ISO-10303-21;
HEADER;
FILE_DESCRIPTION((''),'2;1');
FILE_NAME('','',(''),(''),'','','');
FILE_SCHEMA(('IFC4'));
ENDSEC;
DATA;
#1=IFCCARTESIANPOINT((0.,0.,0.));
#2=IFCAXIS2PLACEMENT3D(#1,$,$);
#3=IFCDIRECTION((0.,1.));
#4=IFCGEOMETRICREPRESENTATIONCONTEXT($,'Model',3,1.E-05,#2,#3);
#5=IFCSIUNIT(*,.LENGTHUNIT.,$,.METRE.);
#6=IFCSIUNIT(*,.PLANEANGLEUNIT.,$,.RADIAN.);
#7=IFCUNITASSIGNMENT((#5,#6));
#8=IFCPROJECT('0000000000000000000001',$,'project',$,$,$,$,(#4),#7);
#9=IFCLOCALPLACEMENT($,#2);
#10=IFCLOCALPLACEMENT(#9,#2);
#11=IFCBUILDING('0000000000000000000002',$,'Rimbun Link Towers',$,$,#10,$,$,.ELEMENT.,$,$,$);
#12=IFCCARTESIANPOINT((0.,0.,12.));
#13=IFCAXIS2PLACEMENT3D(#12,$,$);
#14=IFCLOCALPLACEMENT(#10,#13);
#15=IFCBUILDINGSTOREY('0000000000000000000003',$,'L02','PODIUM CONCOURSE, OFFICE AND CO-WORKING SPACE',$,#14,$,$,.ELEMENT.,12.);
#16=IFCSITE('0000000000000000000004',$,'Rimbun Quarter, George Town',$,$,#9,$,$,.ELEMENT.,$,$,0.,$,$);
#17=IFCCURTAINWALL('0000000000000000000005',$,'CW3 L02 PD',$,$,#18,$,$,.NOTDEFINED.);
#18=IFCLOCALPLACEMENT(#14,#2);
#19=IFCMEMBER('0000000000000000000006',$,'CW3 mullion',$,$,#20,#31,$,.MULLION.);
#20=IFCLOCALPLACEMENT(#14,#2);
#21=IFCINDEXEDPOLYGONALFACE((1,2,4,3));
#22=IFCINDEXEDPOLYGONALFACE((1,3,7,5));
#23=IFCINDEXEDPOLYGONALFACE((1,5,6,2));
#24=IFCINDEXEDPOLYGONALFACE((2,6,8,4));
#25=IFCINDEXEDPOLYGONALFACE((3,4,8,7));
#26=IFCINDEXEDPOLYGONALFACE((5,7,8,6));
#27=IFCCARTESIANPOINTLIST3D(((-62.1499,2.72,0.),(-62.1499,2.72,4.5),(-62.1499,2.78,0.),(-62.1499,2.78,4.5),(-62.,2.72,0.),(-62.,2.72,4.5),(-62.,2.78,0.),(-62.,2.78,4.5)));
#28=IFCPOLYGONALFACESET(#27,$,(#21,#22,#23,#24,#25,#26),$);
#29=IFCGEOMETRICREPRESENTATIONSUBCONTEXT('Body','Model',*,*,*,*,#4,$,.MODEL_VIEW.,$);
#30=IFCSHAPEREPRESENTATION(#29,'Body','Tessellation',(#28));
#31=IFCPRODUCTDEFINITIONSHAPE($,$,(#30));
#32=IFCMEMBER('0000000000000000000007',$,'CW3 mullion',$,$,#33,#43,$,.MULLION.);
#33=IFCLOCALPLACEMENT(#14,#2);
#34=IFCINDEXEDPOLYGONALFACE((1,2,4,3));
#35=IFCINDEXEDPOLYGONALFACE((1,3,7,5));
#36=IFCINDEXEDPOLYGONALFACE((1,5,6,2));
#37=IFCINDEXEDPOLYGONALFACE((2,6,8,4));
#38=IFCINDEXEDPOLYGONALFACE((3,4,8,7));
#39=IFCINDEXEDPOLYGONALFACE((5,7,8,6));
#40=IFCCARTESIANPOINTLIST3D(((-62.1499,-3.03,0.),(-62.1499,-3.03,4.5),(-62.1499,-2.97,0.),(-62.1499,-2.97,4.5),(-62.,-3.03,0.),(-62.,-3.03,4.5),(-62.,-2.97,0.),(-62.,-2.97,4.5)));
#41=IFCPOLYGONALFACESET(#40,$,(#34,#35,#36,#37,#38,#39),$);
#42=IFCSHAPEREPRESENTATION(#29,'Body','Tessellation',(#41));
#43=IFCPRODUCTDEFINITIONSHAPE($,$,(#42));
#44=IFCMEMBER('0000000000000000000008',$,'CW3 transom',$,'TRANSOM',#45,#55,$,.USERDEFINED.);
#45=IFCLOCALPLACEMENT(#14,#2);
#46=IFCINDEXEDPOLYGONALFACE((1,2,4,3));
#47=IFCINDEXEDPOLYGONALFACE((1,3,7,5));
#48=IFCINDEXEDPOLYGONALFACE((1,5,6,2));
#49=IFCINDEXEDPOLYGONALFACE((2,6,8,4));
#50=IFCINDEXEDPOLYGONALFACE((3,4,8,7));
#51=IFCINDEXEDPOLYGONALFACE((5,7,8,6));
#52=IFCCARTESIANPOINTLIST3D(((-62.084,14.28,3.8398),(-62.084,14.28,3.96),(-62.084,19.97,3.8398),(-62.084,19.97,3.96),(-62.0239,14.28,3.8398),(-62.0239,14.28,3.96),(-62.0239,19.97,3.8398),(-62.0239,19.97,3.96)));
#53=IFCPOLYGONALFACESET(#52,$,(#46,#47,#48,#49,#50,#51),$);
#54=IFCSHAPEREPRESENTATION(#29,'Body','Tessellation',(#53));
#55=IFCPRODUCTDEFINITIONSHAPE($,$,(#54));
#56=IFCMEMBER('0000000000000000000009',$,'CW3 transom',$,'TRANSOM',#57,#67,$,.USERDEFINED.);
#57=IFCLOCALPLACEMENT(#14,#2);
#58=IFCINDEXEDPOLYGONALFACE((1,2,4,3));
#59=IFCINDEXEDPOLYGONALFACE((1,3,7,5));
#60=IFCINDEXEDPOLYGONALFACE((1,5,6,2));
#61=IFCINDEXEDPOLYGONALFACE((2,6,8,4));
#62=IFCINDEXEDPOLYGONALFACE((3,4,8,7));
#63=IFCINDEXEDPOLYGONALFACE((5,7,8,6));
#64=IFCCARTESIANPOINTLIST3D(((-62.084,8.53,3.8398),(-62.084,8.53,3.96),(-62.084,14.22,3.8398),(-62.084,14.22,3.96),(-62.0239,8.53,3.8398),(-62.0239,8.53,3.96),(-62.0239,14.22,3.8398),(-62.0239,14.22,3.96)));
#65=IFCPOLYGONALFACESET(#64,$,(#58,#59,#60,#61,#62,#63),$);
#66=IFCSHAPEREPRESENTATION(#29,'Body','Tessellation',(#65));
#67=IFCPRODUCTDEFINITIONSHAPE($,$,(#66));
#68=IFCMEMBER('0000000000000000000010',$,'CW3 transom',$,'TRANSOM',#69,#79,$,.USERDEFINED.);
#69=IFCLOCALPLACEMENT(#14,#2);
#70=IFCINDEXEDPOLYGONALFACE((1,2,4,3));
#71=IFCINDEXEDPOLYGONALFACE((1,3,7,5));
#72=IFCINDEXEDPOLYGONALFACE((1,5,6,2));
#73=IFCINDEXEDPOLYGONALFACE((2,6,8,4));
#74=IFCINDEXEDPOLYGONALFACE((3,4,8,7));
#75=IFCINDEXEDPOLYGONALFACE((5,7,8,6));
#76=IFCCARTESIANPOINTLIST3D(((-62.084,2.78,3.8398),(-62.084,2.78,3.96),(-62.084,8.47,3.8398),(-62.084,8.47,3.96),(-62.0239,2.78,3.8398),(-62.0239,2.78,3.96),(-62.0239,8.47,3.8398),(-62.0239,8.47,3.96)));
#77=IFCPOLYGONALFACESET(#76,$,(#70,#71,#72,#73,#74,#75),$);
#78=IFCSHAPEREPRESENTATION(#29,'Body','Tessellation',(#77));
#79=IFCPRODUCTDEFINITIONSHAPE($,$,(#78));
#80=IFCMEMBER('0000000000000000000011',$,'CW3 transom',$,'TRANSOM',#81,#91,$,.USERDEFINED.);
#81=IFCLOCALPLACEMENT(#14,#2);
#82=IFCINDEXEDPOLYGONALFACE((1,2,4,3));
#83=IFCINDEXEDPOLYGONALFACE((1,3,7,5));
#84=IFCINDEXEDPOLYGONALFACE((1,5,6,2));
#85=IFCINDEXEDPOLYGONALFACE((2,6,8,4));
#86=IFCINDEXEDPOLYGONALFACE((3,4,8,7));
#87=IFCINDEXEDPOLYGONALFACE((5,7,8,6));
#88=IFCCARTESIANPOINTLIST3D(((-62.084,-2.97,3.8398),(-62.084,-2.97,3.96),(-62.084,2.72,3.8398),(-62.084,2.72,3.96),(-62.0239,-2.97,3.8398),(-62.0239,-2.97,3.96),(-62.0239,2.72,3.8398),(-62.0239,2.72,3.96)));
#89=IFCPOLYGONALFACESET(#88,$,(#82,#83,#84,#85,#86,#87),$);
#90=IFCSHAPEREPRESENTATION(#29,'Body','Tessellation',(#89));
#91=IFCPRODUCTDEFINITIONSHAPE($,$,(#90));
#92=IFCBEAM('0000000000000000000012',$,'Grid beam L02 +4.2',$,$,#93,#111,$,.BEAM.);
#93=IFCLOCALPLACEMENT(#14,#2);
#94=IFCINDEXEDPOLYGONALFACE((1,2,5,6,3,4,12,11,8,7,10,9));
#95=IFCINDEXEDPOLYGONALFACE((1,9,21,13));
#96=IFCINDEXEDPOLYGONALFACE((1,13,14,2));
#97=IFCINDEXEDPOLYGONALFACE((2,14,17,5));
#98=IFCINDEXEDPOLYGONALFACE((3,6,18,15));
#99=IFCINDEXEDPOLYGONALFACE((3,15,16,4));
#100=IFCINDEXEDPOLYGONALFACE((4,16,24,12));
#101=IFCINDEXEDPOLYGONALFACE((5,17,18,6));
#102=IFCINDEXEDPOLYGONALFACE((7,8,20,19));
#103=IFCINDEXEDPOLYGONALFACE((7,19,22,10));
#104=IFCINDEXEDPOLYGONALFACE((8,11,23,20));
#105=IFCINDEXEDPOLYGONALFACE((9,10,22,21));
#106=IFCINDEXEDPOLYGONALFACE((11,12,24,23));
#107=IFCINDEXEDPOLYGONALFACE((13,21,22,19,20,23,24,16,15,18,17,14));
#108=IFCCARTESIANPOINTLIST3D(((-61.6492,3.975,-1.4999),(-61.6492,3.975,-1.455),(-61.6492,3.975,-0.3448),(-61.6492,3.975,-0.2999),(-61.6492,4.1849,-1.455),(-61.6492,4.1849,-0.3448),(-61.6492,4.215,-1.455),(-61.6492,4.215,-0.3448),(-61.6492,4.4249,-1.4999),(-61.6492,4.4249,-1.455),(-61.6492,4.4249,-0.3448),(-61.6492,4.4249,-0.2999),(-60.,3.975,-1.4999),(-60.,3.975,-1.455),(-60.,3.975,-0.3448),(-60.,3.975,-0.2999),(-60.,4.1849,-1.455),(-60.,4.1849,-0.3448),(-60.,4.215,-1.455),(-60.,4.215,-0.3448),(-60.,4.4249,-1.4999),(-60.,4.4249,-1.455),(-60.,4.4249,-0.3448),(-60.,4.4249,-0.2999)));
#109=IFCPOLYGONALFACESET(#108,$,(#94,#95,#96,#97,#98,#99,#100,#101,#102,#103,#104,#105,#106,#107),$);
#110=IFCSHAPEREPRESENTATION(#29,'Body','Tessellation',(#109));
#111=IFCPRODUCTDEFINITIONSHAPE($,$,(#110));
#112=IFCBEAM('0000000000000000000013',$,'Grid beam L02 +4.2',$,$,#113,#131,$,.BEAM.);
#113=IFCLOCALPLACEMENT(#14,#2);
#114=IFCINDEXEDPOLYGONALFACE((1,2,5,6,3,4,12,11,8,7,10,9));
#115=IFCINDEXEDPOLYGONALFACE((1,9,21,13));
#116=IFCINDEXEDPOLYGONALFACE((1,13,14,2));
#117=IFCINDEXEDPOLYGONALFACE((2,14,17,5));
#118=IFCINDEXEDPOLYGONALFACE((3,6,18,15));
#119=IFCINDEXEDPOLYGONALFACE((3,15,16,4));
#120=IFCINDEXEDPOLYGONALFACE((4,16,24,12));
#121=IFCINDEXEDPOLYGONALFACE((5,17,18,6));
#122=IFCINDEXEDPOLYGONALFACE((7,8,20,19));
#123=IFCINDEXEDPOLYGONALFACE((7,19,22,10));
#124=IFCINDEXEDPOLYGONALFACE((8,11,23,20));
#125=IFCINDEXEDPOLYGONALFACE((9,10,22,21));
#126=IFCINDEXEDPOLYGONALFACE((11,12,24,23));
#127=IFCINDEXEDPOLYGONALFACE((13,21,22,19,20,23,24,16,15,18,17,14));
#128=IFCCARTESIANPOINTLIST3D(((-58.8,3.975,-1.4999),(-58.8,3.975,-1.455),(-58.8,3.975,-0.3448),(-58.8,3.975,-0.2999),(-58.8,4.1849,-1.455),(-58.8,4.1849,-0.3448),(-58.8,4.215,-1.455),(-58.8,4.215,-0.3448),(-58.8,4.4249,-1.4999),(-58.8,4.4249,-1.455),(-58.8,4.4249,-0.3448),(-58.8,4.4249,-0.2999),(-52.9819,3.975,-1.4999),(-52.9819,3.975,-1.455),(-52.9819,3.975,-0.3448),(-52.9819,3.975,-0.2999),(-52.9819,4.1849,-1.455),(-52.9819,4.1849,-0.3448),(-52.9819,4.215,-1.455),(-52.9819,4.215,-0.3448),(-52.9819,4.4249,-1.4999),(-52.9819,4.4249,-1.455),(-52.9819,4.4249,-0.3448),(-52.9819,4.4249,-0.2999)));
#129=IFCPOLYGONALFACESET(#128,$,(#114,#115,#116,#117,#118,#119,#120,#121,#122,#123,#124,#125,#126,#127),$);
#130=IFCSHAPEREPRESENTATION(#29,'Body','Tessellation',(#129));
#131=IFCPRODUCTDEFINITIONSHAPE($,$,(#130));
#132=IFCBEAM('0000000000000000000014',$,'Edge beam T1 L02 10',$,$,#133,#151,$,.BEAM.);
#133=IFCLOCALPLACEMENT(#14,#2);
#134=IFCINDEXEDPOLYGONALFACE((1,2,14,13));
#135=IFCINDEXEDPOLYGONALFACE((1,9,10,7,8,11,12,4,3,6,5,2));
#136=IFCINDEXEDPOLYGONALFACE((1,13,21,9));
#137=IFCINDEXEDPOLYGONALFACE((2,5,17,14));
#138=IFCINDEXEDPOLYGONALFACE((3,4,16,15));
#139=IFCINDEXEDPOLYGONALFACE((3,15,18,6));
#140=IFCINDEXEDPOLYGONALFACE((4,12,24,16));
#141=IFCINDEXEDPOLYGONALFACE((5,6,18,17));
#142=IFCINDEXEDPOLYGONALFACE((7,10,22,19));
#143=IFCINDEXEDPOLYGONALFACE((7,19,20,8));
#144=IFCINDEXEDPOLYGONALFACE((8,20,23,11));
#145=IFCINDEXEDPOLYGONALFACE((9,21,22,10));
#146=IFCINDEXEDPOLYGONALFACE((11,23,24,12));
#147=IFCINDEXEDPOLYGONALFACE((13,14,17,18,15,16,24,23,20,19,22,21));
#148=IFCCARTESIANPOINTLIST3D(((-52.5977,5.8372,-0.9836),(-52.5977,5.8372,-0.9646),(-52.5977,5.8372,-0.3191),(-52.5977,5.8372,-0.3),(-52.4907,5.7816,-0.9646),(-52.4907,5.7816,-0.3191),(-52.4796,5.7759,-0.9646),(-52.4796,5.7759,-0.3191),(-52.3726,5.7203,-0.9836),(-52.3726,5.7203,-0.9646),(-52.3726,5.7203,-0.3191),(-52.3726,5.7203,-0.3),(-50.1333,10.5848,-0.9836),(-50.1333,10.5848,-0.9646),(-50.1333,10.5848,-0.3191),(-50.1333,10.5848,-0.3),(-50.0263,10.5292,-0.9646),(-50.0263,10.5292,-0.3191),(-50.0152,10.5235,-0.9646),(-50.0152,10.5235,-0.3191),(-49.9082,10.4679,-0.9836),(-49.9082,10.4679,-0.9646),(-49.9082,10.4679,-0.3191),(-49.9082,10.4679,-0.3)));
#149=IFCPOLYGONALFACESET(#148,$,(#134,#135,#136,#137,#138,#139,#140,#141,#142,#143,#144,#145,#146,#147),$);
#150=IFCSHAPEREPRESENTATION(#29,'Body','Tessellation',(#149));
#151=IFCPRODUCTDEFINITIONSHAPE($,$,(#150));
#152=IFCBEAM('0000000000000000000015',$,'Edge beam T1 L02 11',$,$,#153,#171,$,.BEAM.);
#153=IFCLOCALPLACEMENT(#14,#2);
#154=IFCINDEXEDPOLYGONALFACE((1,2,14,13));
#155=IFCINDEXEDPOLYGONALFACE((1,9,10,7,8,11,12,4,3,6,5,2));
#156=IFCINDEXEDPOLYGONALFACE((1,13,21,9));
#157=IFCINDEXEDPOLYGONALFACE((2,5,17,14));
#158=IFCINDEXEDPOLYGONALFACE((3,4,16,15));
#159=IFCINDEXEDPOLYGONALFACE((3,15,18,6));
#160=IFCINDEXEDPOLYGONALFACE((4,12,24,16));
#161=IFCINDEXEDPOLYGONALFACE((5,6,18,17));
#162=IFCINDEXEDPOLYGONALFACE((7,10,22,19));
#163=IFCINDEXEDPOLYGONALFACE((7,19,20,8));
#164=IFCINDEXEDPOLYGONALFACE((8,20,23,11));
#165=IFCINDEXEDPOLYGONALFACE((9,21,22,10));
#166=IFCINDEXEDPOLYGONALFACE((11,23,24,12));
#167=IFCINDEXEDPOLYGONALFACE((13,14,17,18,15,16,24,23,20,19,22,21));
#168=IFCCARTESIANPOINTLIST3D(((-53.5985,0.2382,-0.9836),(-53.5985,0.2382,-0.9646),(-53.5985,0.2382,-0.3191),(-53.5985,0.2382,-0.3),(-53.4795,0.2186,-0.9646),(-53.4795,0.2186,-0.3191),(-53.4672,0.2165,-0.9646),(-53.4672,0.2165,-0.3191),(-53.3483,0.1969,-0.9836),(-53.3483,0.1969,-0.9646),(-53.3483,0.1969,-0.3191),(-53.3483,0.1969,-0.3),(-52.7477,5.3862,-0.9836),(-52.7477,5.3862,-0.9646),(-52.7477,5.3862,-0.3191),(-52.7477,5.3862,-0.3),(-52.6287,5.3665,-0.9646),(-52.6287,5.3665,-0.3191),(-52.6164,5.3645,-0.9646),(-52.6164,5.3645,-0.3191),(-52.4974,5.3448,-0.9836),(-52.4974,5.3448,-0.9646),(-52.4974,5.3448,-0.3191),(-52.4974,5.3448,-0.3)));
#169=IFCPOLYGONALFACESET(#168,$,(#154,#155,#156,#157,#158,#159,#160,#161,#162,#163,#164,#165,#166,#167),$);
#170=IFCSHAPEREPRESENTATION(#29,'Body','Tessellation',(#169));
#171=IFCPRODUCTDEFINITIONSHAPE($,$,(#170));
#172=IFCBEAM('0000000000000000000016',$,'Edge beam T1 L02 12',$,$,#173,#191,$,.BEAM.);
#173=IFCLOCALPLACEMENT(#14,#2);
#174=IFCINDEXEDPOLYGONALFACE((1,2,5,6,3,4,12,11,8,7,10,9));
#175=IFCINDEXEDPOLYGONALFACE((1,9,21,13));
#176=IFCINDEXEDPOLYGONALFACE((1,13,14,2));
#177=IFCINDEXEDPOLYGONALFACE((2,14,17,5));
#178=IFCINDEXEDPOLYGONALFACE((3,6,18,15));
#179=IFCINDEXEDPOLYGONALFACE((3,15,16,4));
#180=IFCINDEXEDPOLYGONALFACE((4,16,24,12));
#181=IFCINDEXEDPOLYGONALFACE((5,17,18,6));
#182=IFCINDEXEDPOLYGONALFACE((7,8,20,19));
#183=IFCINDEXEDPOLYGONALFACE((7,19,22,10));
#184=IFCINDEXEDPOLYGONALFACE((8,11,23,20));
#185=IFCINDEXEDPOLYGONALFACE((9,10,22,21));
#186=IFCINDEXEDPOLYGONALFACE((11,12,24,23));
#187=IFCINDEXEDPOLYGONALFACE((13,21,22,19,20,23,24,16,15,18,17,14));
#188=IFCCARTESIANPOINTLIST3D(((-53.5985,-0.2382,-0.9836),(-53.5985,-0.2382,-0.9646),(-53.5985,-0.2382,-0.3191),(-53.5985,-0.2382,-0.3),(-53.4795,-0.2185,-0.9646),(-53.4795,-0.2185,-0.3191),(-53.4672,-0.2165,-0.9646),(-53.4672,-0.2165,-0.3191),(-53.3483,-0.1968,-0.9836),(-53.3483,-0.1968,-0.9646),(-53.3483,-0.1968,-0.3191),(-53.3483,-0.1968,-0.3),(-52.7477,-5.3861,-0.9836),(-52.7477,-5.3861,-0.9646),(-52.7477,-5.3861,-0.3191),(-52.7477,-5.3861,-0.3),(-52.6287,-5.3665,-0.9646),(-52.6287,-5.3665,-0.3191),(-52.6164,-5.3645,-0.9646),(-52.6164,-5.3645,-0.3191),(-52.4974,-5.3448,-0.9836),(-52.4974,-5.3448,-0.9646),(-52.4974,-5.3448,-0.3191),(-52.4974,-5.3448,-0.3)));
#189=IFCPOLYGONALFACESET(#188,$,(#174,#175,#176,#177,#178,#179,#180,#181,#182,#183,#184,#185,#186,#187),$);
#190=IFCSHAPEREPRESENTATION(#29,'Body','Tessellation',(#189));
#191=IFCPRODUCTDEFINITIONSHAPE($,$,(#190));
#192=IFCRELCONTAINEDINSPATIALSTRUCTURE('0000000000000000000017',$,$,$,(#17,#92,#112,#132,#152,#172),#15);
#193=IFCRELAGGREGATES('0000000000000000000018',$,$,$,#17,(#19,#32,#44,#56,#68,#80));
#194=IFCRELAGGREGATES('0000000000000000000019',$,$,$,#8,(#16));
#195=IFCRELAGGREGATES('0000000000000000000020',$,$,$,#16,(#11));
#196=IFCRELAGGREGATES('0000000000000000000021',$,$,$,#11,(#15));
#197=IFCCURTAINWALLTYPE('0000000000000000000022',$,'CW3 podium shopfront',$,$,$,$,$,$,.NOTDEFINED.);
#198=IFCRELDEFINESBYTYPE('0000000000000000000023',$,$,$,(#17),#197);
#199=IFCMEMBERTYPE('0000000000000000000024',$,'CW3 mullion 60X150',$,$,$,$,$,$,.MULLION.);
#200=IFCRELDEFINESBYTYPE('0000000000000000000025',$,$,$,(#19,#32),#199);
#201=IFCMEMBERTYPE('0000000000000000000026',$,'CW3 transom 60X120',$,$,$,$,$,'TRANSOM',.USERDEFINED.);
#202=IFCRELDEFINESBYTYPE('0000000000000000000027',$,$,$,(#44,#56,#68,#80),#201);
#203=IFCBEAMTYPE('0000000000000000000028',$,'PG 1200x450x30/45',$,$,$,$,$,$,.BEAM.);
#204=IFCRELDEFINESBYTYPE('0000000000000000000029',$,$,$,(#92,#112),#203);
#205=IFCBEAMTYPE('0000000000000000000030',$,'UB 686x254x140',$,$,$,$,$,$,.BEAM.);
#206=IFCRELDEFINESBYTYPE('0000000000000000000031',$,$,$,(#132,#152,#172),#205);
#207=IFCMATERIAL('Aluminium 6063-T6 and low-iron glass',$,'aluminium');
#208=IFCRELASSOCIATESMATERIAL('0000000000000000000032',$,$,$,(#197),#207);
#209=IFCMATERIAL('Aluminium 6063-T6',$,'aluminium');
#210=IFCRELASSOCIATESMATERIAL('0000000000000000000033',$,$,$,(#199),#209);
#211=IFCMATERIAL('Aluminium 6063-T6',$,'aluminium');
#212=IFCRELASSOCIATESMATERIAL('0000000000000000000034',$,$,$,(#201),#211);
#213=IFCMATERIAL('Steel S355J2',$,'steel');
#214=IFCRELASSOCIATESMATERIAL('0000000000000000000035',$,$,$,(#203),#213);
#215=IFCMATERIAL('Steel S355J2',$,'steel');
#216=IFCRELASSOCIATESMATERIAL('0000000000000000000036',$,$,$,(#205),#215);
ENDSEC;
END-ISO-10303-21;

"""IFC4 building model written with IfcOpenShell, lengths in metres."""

from ifc_helpers import new_model, si_unit, direction, frame, origin, origin_2d, place, context, subcontext, project, spatial, rectangle, i_section, extrude, material, material_profile, profile_set, type_object, element, aggregate, save


model = new_model("IFC4")

# Units and contexts
model_context = context("Model", 3, precision=1e-05, world=origin(), true_north=direction((0.0, 1.0)))
body_context = subcontext(model_context, "Body", "Model", "MODEL_VIEW")
ifc_project = project(units=[si_unit("LENGTHUNIT", "METRE"), si_unit("PLANEANGLEUNIT", "RADIAN")], contexts=[model_context])

# Site, building, storey
site_placement = place(None, origin())
site = spatial("IfcSite", under=ifc_project, at=site_placement, Name="Rimbun Quarter, George Town", CompositionType="ELEMENT", RefElevation=0.0)
building_placement = place(site_placement, origin())
building = spatial("IfcBuilding", under=site, at=building_placement, Name="Rimbun Link Towers", CompositionType="ELEMENT")
storey_placement = place(building_placement, frame((0.0, 0.0, 12.0)))
storey = spatial("IfcBuildingStorey", under=building, at=storey_placement, Name="L02", Description="PODIUM CONCOURSE, OFFICE AND CO-WORKING SPACE", CompositionType="ELEMENT", Elevation=12.0)

# Curtain wall, members
ifc_material_1 = material(Name="Aluminium 6063-T6 and low-iron glass", Category="aluminium")
curtain_wall_type = type_object("IfcCurtainWallType", Name="CW3 podium shopfront", PredefinedType="NOTDEFINED", material=ifc_material_1)
curtain_wall_placement = place(storey_placement, origin())
curtain_wall = element("IfcCurtainWall", 1, at=curtain_wall_placement, inside=storey, type_object=curtain_wall_type, Name="CW3 L02 PD", PredefinedType="NOTDEFINED")
ifc_material_2 = material(Name="Aluminium 6063-T6", Category="aluminium")
ifc_material_profile_1 = material_profile(ifc_material_2, rectangle(XDim=0.1499, YDim=0.0601, at=origin_2d()), Name="MULLION 60X150")
ifc_profile_set_1 = profile_set([ifc_material_profile_1], Name="Aluminium 6063-T6")
member_type_1 = type_object("IfcMemberType", Name="CW3 mullion 60X150", PredefinedType="MULLION", material=ifc_profile_set_1)
member_1_placement = place(storey_placement, frame((-62.075, 2.75, 0.0), z_axis=(0.0, 0.0, 1.0), x_axis=(-1.0, 0.0, 0.0)))
member_1 = element("IfcMember", 2, at=member_1_placement, type_object=member_type_1, Name="CW3 mullion", PredefinedType="MULLION", context=body_context, shape_type="SweptSolid", body=[
    extrude(rectangle(XDim=0.1499, YDim=0.0601, at=origin_2d()), origin(), (0.0, 0.0, 1.0), 4.5),
])
member_2_placement = place(storey_placement, frame((-62.075, -3.0, 0.0), z_axis=(0.0, 0.0, 1.0), x_axis=(-1.0, 0.0, 0.0)))
member_2 = element("IfcMember", 3, at=member_2_placement, type_object=member_type_1, Name="CW3 mullion", PredefinedType="MULLION", context=body_context, shape_type="SweptSolid", body=[
    extrude(rectangle(XDim=0.1499, YDim=0.0601, at=origin_2d()), origin(), (0.0, 0.0, 1.0), 4.5),
])
ifc_material_3 = material(Name="Aluminium 6063-T6", Category="aluminium")
ifc_material_profile_2 = material_profile(ifc_material_3, rectangle(XDim=0.0601, YDim=0.1201, at=origin_2d()), Name="TRANSOM 60X120")
ifc_profile_set_2 = profile_set([ifc_material_profile_2], Name="Aluminium 6063-T6")
member_type_2 = type_object("IfcMemberType", Name="CW3 transom 60X120", ElementType="TRANSOM", PredefinedType="USERDEFINED", material=ifc_profile_set_2)
member_3_placement = place(storey_placement, frame((-62.054, 14.28, 3.8999), z_axis=(0.0, 1.0, 0.0), x_axis=(-1.0, 0.0, 0.0)))
member_3 = element("IfcMember", 4, at=member_3_placement, type_object=member_type_2, Name="CW3 transom", ObjectType="TRANSOM", PredefinedType="USERDEFINED", context=body_context, shape_type="SweptSolid", body=[
    extrude(rectangle(XDim=0.0601, YDim=0.1201, at=origin_2d()), origin(), (0.0, 0.0, 1.0), 5.6899),
])
member_4_placement = place(storey_placement, frame((-62.054, 8.53, 3.8999), z_axis=(0.0, 1.0, 0.0), x_axis=(-1.0, 0.0, 0.0)))
member_4 = element("IfcMember", 5, at=member_4_placement, type_object=member_type_2, Name="CW3 transom", ObjectType="TRANSOM", PredefinedType="USERDEFINED", context=body_context, shape_type="SweptSolid", body=[
    extrude(rectangle(XDim=0.0601, YDim=0.1201, at=origin_2d()), origin(), (0.0, 0.0, 1.0), 5.6899),
])
member_5_placement = place(storey_placement, frame((-62.054, 2.78, 3.8999), z_axis=(0.0, 1.0, 0.0), x_axis=(-1.0, 0.0, 0.0)))
member_5 = element("IfcMember", 6, at=member_5_placement, type_object=member_type_2, Name="CW3 transom", ObjectType="TRANSOM", PredefinedType="USERDEFINED", context=body_context, shape_type="SweptSolid", body=[
    extrude(rectangle(XDim=0.0601, YDim=0.1201, at=origin_2d()), origin(), (0.0, 0.0, 1.0), 5.6899),
])
member_6_placement = place(storey_placement, frame((-62.054, -2.97, 3.8999), z_axis=(0.0, 1.0, 0.0), x_axis=(-1.0, 0.0, 0.0)))
member_6 = element("IfcMember", 7, at=member_6_placement, type_object=member_type_2, Name="CW3 transom", ObjectType="TRANSOM", PredefinedType="USERDEFINED", context=body_context, shape_type="SweptSolid", body=[
    extrude(rectangle(XDim=0.0601, YDim=0.1201, at=origin_2d()), origin(), (0.0, 0.0, 1.0), 5.6899),
])

# Beams
ifc_material_4 = material(Name="Steel S355J2", Category="steel")
ifc_material_profile_3 = material_profile(ifc_material_4, i_section(OverallWidth=0.45, OverallDepth=1.2, WebThickness=0.03, FlangeThickness=0.0449, at=origin_2d()), Name="PG 1200x450x30/45")
ifc_profile_set_3 = profile_set([ifc_material_profile_3], Name="Steel S355J2")
beam_type_1 = type_object("IfcBeamType", Name="PG 1200x450x30/45", PredefinedType="BEAM", material=ifc_profile_set_3)
beam_1_placement = place(storey_placement, frame((-61.6492, 4.2, -0.8999), z_axis=(1.0, 0.0, 0.0), x_axis=(0.0, 1.0, 0.0)))
element("IfcBeam", 8, at=beam_1_placement, inside=storey, type_object=beam_type_1, Name="Grid beam L02 +4.2", PredefinedType="BEAM", context=body_context, shape_type="SweptSolid", body=[
    extrude(i_section(OverallWidth=0.45, OverallDepth=1.2, WebThickness=0.03, FlangeThickness=0.0449, at=origin_2d()), origin(), (0.0, 0.0, 1.0), 1.6492),
])
beam_2_placement = place(storey_placement, frame((-58.8, 4.2, -0.8999), z_axis=(1.0, 0.0, 0.0), x_axis=(0.0, 1.0, 0.0)))
element("IfcBeam", 9, at=beam_2_placement, inside=storey, type_object=beam_type_1, Name="Grid beam L02 +4.2", PredefinedType="BEAM", context=body_context, shape_type="SweptSolid", body=[
    extrude(i_section(OverallWidth=0.45, OverallDepth=1.2, WebThickness=0.03, FlangeThickness=0.0449, at=origin_2d()), origin(), (0.0, 0.0, 1.0), 5.8181),
])
ifc_material_5 = material(Name="Steel S355J2", Category="steel")
ifc_material_profile_4 = material_profile(ifc_material_5, i_section(OverallWidth=0.2537, OverallDepth=0.6836, WebThickness=0.0125, FlangeThickness=0.019, at=origin_2d()), Name="UB 686x254x140")
ifc_profile_set_4 = profile_set([ifc_material_profile_4], Name="Steel S355J2")
beam_type_2 = type_object("IfcBeamType", Name="UB 686x254x140", PredefinedType="BEAM", material=ifc_profile_set_4)
beam_3_placement = place(storey_placement, frame((-50.0208, 10.5264, -0.6418), z_axis=(-0.460709, -0.887551, 0.0), x_axis=(0.887551, -0.460709, 0.0)))
element("IfcBeam", 10, at=beam_3_placement, inside=storey, type_object=beam_type_2, Name="Edge beam T1 L02 10", PredefinedType="BEAM", context=body_context, shape_type="SweptSolid", body=[
    extrude(i_section(OverallWidth=0.2537, OverallDepth=0.6836, WebThickness=0.0125, FlangeThickness=0.019, at=origin_2d()), origin(), (0.0, 0.0, 1.0), 5.3491),
])
for number, where, z_axis, x_axis, name in (
    (11, (-52.6226, 5.3655, -0.6418), (-0.163063, -0.986616, 0.0), (0.986616, -0.163063, 0.0), "Edge beam T1 L02 11"),
    (12, (-53.4734, -0.2175, -0.6418), (0.163063, -0.986616, 0.0), (0.986616, 0.163063, 0.0), "Edge beam T1 L02 12"),
):
    element("IfcBeam", number, at=place(storey_placement, frame(where, z_axis=z_axis, x_axis=x_axis)), inside=storey, type_object=beam_type_2, Name=name, PredefinedType="BEAM", context=body_context, shape_type="SweptSolid", body=[
        extrude(i_section(OverallWidth=0.2537, OverallDepth=0.6836, WebThickness=0.0125, FlangeThickness=0.019, at=origin_2d()), origin(), (0.0, 0.0, 1.0), 5.2178),
    ])

aggregate(curtain_wall, [member_1, member_2, member_3, member_4, member_5, member_6])

save(model, "model.ifc")
